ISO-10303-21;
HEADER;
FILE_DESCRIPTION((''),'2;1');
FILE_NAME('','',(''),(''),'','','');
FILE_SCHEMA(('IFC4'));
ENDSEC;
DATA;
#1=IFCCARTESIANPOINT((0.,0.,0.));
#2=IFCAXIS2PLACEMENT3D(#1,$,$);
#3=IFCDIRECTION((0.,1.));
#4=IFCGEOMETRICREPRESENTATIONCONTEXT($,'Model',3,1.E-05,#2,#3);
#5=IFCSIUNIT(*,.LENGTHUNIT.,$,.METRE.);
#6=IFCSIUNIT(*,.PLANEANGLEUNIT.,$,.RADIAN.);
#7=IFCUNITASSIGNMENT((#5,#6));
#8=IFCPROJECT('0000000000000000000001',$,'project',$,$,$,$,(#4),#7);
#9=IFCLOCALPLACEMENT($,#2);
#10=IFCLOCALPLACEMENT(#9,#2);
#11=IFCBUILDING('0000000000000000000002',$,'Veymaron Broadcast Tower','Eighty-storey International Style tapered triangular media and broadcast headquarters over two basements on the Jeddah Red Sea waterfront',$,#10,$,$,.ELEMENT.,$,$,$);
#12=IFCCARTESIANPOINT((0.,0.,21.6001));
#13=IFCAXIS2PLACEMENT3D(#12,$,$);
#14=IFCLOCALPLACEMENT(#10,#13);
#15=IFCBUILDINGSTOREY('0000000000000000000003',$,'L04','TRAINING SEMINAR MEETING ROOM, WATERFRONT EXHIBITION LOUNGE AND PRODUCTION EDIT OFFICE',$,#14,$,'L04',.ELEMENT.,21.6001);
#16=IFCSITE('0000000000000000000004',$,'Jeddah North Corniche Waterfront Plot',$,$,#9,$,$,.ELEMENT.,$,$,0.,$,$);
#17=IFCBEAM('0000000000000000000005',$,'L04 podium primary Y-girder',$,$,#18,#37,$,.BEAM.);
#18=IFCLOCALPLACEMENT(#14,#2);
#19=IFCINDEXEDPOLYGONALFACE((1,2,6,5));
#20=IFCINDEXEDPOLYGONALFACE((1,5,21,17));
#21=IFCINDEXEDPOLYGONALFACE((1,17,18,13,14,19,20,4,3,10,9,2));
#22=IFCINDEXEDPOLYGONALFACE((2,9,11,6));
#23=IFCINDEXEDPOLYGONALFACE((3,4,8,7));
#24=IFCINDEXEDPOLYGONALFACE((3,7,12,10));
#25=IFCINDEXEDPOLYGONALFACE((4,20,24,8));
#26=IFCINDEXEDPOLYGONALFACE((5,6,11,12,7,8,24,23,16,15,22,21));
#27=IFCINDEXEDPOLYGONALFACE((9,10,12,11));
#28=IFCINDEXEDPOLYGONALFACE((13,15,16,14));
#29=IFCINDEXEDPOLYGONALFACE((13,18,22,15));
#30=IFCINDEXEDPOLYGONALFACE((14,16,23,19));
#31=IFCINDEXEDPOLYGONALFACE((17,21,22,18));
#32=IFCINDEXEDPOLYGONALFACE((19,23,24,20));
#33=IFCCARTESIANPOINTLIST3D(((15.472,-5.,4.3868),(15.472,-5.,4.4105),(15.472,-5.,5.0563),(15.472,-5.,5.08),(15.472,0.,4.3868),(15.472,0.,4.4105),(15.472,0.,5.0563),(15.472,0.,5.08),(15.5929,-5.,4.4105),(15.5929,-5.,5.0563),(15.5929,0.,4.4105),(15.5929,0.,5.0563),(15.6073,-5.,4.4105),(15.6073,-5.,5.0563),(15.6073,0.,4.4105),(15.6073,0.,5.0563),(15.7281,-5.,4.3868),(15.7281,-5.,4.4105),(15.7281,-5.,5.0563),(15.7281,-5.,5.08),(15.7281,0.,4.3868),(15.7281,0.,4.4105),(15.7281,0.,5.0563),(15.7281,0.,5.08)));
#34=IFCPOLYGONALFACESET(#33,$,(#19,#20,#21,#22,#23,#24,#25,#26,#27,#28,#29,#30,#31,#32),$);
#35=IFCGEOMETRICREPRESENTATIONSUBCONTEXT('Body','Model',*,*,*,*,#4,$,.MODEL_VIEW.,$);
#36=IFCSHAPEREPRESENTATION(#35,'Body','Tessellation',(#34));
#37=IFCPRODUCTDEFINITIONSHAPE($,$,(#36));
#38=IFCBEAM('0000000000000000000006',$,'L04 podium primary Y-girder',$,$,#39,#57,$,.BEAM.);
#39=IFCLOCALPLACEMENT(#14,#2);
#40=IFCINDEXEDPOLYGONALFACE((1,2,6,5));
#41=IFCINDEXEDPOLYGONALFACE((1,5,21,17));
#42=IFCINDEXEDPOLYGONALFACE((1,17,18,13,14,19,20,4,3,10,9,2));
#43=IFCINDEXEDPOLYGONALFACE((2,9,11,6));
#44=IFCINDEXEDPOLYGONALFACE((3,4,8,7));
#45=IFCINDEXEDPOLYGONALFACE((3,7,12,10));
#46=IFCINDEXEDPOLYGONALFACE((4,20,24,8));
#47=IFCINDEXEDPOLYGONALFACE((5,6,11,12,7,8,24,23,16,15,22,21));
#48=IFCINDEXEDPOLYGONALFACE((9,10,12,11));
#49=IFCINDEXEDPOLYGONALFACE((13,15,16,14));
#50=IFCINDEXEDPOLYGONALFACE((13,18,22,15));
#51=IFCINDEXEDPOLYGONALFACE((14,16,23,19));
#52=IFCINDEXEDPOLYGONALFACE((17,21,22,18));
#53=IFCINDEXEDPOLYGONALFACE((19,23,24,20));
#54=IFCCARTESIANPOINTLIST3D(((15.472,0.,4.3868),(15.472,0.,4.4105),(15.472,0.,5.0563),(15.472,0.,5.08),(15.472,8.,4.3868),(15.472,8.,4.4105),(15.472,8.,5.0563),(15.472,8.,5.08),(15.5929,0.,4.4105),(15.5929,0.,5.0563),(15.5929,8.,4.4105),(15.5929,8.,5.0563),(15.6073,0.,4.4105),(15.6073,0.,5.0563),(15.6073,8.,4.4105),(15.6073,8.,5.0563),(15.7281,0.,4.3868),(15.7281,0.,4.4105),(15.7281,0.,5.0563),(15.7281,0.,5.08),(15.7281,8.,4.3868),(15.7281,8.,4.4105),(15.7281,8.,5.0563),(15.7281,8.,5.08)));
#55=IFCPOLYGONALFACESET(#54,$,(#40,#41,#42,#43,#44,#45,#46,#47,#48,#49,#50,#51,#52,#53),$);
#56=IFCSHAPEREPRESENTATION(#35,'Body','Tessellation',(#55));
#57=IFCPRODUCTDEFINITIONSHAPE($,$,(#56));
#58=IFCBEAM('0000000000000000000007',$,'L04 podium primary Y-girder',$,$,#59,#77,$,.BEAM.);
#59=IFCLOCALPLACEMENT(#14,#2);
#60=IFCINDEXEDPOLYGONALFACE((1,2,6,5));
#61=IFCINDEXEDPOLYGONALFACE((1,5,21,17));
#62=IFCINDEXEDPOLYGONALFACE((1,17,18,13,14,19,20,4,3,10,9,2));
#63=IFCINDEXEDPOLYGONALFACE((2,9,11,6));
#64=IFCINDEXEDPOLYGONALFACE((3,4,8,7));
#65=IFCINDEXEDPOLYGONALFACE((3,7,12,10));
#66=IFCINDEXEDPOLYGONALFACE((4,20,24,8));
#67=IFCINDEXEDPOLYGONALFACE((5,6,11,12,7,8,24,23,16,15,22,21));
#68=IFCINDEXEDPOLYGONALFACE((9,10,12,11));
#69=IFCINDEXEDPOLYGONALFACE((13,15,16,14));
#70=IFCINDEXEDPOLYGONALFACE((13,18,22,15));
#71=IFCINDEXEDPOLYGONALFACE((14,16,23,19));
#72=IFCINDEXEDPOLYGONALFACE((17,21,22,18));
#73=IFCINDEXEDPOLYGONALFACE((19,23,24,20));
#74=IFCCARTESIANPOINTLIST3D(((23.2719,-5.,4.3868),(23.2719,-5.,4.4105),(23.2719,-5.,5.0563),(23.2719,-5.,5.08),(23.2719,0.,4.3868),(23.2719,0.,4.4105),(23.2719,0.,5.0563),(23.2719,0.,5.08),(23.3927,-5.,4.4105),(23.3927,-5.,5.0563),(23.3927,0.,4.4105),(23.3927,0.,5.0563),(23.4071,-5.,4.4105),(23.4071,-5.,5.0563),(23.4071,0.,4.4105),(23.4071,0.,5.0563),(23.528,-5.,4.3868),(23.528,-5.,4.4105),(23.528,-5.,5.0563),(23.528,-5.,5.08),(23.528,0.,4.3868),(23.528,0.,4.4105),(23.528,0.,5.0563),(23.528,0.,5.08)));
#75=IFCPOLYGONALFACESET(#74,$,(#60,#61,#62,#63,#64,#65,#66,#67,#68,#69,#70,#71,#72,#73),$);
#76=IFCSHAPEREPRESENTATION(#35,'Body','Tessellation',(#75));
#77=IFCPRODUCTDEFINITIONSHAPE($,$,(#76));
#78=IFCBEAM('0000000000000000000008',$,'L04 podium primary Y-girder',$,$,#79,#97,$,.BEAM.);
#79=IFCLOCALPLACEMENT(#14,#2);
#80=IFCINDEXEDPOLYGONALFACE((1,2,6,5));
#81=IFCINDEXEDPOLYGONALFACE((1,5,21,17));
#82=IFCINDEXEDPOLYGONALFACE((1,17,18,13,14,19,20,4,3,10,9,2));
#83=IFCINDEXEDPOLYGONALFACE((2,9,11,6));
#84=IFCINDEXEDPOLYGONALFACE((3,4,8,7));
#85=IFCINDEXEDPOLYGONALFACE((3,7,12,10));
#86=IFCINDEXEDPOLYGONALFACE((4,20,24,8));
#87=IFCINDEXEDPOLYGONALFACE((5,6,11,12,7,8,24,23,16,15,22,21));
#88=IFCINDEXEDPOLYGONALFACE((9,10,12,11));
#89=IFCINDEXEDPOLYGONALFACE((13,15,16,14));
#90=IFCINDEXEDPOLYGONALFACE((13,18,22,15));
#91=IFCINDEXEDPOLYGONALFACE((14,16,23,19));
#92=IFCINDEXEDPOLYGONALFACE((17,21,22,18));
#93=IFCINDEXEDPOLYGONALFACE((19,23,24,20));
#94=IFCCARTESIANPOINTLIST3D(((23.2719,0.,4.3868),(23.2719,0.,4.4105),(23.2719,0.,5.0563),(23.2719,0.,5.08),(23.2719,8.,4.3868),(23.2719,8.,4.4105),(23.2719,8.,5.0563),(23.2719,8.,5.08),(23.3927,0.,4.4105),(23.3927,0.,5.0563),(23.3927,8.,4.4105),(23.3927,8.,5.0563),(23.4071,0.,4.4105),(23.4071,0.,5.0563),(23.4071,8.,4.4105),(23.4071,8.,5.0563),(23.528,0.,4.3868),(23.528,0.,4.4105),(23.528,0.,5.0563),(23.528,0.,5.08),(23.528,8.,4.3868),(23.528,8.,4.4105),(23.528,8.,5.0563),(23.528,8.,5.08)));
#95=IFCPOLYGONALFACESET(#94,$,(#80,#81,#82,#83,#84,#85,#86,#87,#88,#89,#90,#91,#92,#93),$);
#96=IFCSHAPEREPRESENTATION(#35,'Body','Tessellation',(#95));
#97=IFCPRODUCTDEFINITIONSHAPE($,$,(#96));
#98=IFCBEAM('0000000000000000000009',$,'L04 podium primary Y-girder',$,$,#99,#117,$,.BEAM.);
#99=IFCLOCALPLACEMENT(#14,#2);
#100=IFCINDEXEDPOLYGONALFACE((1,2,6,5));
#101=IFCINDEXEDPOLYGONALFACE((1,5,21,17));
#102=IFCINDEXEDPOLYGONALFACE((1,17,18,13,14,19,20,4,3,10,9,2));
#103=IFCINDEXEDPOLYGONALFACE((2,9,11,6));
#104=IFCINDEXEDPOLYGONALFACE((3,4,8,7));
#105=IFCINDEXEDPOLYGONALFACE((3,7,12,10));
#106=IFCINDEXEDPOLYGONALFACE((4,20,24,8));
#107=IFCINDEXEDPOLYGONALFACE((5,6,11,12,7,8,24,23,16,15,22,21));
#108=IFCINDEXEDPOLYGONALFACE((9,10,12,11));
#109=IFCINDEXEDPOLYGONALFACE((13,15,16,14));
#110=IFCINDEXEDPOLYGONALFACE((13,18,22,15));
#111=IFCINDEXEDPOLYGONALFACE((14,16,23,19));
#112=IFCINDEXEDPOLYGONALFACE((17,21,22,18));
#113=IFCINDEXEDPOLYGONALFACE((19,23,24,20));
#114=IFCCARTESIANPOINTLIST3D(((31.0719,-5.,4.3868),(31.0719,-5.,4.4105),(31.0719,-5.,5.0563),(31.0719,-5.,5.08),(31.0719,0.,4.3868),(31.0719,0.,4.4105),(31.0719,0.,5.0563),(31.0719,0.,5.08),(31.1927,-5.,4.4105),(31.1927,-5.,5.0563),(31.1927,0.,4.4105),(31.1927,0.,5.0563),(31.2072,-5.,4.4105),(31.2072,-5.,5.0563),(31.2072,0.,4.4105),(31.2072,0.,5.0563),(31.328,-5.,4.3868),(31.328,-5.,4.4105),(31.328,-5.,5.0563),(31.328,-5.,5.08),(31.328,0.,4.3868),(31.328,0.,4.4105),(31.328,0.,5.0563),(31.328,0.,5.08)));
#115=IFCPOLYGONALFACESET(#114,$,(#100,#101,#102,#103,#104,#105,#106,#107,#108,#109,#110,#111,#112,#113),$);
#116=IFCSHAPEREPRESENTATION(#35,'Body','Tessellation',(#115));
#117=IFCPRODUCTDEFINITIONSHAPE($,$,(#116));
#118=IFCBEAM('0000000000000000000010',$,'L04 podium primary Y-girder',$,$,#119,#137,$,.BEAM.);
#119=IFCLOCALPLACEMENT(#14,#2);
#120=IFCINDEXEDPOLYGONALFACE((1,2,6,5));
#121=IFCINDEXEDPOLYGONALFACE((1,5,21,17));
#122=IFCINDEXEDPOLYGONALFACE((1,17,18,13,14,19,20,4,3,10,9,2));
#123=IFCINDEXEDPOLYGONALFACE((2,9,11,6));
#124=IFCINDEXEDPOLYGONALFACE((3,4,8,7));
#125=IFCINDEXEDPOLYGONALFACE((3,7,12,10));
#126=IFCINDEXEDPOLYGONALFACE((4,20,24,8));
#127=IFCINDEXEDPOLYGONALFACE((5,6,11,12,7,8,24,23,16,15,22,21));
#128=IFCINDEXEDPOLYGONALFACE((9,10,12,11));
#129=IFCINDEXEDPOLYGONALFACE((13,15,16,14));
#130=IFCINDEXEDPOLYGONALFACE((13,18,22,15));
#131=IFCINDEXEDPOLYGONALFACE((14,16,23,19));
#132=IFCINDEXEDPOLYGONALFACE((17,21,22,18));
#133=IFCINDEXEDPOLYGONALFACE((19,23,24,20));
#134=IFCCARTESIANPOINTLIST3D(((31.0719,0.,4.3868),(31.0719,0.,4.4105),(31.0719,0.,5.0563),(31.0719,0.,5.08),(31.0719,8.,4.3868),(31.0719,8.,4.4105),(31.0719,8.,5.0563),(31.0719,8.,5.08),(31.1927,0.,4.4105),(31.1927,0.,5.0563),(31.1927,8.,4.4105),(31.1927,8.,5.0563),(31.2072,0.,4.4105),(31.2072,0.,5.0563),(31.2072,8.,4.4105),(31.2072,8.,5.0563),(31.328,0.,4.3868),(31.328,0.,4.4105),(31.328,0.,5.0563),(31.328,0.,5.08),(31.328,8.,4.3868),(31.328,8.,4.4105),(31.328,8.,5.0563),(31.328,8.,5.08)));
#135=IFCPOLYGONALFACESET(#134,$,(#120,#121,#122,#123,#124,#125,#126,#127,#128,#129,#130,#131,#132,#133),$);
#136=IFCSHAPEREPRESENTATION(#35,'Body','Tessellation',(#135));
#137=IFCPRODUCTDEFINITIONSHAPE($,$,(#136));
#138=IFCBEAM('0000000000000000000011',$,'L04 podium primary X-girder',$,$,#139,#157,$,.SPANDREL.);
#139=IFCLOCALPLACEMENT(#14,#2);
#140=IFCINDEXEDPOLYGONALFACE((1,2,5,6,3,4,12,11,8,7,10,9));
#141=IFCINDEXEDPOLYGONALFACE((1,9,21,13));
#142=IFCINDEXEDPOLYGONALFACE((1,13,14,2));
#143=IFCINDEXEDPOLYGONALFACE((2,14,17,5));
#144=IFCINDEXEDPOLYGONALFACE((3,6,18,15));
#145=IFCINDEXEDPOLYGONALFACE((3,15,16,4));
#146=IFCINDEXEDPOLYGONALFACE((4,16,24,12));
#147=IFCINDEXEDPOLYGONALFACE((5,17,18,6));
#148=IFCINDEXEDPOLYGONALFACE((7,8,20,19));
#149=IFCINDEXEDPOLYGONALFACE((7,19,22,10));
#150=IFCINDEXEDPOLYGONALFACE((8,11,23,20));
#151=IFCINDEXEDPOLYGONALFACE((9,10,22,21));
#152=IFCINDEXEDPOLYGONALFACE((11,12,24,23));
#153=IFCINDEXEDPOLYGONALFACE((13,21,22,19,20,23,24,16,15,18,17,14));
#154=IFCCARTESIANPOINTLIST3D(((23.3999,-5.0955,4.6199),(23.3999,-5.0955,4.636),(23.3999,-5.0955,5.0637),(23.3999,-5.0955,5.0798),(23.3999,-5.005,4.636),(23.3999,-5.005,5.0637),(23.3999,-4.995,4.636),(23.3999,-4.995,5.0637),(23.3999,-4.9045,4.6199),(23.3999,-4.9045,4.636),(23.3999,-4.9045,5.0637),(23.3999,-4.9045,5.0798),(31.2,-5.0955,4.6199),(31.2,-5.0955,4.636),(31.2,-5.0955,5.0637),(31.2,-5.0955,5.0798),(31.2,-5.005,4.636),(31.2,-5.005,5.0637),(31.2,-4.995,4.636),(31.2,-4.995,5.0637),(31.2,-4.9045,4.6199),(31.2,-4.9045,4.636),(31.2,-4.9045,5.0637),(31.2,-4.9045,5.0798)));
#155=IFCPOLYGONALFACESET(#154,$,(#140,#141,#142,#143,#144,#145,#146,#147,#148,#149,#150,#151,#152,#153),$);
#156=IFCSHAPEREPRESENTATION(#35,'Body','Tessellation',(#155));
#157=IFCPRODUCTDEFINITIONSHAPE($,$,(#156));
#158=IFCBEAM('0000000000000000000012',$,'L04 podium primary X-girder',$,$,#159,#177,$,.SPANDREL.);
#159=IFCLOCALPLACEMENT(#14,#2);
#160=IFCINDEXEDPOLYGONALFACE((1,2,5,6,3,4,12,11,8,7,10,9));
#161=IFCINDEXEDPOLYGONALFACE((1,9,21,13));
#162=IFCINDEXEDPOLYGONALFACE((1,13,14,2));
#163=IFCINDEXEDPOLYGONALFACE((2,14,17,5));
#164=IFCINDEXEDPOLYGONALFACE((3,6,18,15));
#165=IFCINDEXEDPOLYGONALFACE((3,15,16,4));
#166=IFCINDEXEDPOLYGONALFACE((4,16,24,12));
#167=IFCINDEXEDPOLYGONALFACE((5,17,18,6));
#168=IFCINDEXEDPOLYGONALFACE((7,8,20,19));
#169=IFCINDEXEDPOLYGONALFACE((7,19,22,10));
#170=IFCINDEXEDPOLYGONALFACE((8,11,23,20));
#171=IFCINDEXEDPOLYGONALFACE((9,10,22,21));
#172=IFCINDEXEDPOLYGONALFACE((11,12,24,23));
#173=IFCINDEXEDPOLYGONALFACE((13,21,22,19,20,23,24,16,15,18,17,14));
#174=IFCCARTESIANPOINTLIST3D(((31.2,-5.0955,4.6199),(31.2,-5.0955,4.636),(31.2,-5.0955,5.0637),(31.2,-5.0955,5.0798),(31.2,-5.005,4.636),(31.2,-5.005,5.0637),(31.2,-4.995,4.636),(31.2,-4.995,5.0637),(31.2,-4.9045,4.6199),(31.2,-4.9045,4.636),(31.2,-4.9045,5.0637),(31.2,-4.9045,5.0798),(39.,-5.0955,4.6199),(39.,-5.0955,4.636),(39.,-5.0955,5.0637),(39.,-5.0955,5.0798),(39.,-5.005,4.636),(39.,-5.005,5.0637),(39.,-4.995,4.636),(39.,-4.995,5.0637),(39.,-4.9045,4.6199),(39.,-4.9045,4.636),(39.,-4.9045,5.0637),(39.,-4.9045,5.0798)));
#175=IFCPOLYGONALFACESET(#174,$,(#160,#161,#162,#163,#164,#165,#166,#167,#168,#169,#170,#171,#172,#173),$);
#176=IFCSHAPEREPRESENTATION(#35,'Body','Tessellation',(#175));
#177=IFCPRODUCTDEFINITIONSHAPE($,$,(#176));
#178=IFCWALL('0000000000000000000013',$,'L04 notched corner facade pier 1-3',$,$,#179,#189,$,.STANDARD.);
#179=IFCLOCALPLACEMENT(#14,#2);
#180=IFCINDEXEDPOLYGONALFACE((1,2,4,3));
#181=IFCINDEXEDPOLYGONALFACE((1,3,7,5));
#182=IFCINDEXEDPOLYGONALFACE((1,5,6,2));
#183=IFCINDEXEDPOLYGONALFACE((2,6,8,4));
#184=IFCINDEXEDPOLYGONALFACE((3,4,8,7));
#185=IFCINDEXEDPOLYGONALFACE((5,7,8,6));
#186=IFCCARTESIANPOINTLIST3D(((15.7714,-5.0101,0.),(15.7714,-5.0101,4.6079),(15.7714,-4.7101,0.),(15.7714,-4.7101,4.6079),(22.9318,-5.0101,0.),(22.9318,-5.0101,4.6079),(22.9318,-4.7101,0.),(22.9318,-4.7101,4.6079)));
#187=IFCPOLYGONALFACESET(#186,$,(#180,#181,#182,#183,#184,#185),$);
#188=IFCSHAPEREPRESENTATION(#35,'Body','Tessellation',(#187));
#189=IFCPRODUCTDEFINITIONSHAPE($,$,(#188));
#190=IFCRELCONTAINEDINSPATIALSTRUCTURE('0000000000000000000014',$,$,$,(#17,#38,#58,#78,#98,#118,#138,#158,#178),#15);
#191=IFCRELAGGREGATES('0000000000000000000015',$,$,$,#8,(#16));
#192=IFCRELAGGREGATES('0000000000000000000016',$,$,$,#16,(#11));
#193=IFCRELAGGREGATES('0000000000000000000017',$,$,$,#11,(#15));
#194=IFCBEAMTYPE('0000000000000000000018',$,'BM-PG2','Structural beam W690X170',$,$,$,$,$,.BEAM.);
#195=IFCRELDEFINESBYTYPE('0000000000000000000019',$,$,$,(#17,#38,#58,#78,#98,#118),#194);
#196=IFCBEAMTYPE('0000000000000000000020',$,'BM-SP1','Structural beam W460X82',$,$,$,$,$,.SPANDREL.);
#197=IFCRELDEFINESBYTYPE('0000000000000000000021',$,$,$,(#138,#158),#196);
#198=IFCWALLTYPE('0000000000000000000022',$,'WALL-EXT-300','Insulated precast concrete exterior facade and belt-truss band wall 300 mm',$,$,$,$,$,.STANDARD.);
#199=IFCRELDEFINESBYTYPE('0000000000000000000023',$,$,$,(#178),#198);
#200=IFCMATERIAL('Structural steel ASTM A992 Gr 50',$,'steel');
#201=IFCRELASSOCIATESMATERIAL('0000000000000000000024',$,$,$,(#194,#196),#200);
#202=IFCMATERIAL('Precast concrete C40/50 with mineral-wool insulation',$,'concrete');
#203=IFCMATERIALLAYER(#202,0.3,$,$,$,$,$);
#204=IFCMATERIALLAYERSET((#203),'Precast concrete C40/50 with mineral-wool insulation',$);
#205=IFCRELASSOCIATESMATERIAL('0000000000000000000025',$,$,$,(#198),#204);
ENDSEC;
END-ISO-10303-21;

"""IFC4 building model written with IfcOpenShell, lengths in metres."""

from ifc_helpers import new_model, si_unit, direction, frame, frame_2d, origin, origin_2d, place, context, subcontext, project, spatial, rectangle, i_section, extrude, material, layer, layer_set, material_profile, profile_set, type_object, element, save


model = new_model("IFC4")

# Units and contexts
model_context = context("Model", 3, precision=1e-05, world=origin(), true_north=direction((0.0, 1.0)))
body_context = subcontext(model_context, "Body", "Model", "MODEL_VIEW")
ifc_project = project(units=[si_unit("LENGTHUNIT", "METRE"), si_unit("PLANEANGLEUNIT", "RADIAN")], contexts=[model_context])

# Site, building, storey
site_placement = place(None, origin())
site = spatial("IfcSite", under=ifc_project, at=site_placement, Name="Jeddah North Corniche Waterfront Plot", CompositionType="ELEMENT", RefElevation=0.0)
building_placement = place(site_placement, origin())
building = spatial("IfcBuilding", under=site, at=building_placement, Name="Veymaron Broadcast Tower", Description="Eighty-storey International Style tapered triangular media and broadcast headquarters over two basements on the Jeddah Red Sea waterfront", CompositionType="ELEMENT")
storey_placement = place(building_placement, frame((0.0, 0.0, 21.6001)))
storey = spatial("IfcBuildingStorey", under=building, at=storey_placement, Name="L04", Description="TRAINING SEMINAR MEETING ROOM, WATERFRONT EXHIBITION LOUNGE AND PRODUCTION EDIT OFFICE", LongName="L04", CompositionType="ELEMENT", Elevation=21.6001)

# Beams
ifc_material_1 = material(Name="Structural steel ASTM A992 Gr 50", Category="steel")
ifc_material_profile_1 = material_profile(ifc_material_1, i_section(OverallWidth=0.2561, OverallDepth=0.6931, WebThickness=0.0144, FlangeThickness=0.0237, at=origin_2d()), Name="W690X170")
ifc_profile_set_1 = profile_set([ifc_material_profile_1], Name="Structural steel ASTM A992 Gr 50")
beam_type_1 = type_object("IfcBeamType", Name="BM-PG2", Description="Structural beam W690X170", PredefinedType="BEAM", material=ifc_profile_set_1)
beam_1_placement = place(storey_placement, frame((15.6001, -5.0, 4.7334), z_axis=(0.0, 1.0, 0.0), x_axis=(-1.0, 0.0, 0.0)))
element("IfcBeam", 1, at=beam_1_placement, inside=storey, type_object=beam_type_1, Name="L04 podium primary Y-girder", PredefinedType="BEAM", context=body_context, shape_type="SweptSolid", body=[
    extrude(i_section(OverallWidth=0.2561, OverallDepth=0.6931, WebThickness=0.0144, FlangeThickness=0.0237, at=origin_2d()), origin(), (0.0, 0.0, 1.0), 5.0),
])
beam_2_placement = place(storey_placement, frame((15.6001, 0.0, 4.7334), z_axis=(0.0, 1.0, 0.0), x_axis=(-1.0, 0.0, 0.0)))
element("IfcBeam", 2, at=beam_2_placement, inside=storey, type_object=beam_type_1, Name="L04 podium primary Y-girder", PredefinedType="BEAM", context=body_context, shape_type="SweptSolid", body=[
    extrude(i_section(OverallWidth=0.2561, OverallDepth=0.6931, WebThickness=0.0144, FlangeThickness=0.0237, at=origin_2d()), origin(), (0.0, 0.0, 1.0), 8.0),
])
beam_3_placement = place(storey_placement, frame((23.3999, -5.0, 4.7334), z_axis=(0.0, 1.0, 0.0), x_axis=(-1.0, 0.0, 0.0)))
element("IfcBeam", 3, at=beam_3_placement, inside=storey, type_object=beam_type_1, Name="L04 podium primary Y-girder", PredefinedType="BEAM", context=body_context, shape_type="SweptSolid", body=[
    extrude(i_section(OverallWidth=0.2561, OverallDepth=0.6931, WebThickness=0.0144, FlangeThickness=0.0237, at=origin_2d()), origin(), (0.0, 0.0, 1.0), 5.0),
])
beam_4_placement = place(storey_placement, frame((23.3999, 0.0, 4.7334), z_axis=(0.0, 1.0, 0.0), x_axis=(-1.0, 0.0, 0.0)))
element("IfcBeam", 4, at=beam_4_placement, inside=storey, type_object=beam_type_1, Name="L04 podium primary Y-girder", PredefinedType="BEAM", context=body_context, shape_type="SweptSolid", body=[
    extrude(i_section(OverallWidth=0.2561, OverallDepth=0.6931, WebThickness=0.0144, FlangeThickness=0.0237, at=origin_2d()), origin(), (0.0, 0.0, 1.0), 8.0),
])
beam_5_placement = place(storey_placement, frame((31.2, -5.0, 4.7334), z_axis=(0.0, 1.0, 0.0), x_axis=(-1.0, 0.0, 0.0)))
element("IfcBeam", 5, at=beam_5_placement, inside=storey, type_object=beam_type_1, Name="L04 podium primary Y-girder", PredefinedType="BEAM", context=body_context, shape_type="SweptSolid", body=[
    extrude(i_section(OverallWidth=0.2561, OverallDepth=0.6931, WebThickness=0.0144, FlangeThickness=0.0237, at=origin_2d()), origin(), (0.0, 0.0, 1.0), 5.0),
])
beam_6_placement = place(storey_placement, frame((31.2, 0.0, 4.7334), z_axis=(0.0, 1.0, 0.0), x_axis=(-1.0, 0.0, 0.0)))
element("IfcBeam", 6, at=beam_6_placement, inside=storey, type_object=beam_type_1, Name="L04 podium primary Y-girder", PredefinedType="BEAM", context=body_context, shape_type="SweptSolid", body=[
    extrude(i_section(OverallWidth=0.2561, OverallDepth=0.6931, WebThickness=0.0144, FlangeThickness=0.0237, at=origin_2d()), origin(), (0.0, 0.0, 1.0), 8.0),
])
ifc_material_profile_2 = material_profile(ifc_material_1, i_section(OverallWidth=0.1909, OverallDepth=0.46, WebThickness=0.01, FlangeThickness=0.0161, at=origin_2d()), Name="W460X82")
ifc_profile_set_2 = profile_set([ifc_material_profile_2], Name="Structural steel ASTM A992 Gr 50")
beam_type_2 = type_object("IfcBeamType", Name="BM-SP1", Description="Structural beam W460X82", PredefinedType="SPANDREL", material=ifc_profile_set_2)
for number, where, z_axis, x_axis, name in (
    (7, (23.3999, -5.0, 4.8499), (1.0, 0.0, 0.0), (0.0, 1.0, 0.0), "L04 podium primary X-girder"),
    (8, (31.2, -5.0, 4.8499), (1.0, 0.0, 0.0), (0.0, 1.0, 0.0), "L04 podium primary X-girder"),
):
    element("IfcBeam", number, at=place(storey_placement, frame(where, z_axis=z_axis, x_axis=x_axis)), inside=storey, type_object=beam_type_2, Name=name, PredefinedType="SPANDREL", context=body_context, shape_type="SweptSolid", body=[
        extrude(i_section(OverallWidth=0.1909, OverallDepth=0.46, WebThickness=0.01, FlangeThickness=0.0161, at=origin_2d()), origin(), (0.0, 0.0, 1.0), 7.8),
    ])

# Wall
ifc_material_2 = material(Name="Precast concrete C40/50 with mineral-wool insulation", Category="concrete")
ifc_layer_1 = layer(ifc_material_2, 0.3)
ifc_layer_set_1 = layer_set([ifc_layer_1], Name="Precast concrete C40/50 with mineral-wool insulation")
wall_type_1 = type_object("IfcWallType", Name="WALL-EXT-300", Description="Insulated precast concrete exterior facade and belt-truss band wall 300 mm", PredefinedType="STANDARD", material=ifc_layer_set_1)
wall_1_placement = place(storey_placement, frame((15.7715, -4.8601, 0.0), z_axis=(0.0, 0.0, 1.0), x_axis=(1.0, 0.0, 0.0)))
element("IfcWall", 9, at=wall_1_placement, inside=storey, type_object=wall_type_1, Name="L04 notched corner facade pier 1-3", PredefinedType="STANDARD", context=body_context, shape_type="SweptSolid", body=[
    extrude(rectangle(XDim=7.1604, YDim=0.3, at=frame_2d((3.5801, 0.0))), origin(), (0.0, 0.0, 1.0), 4.6079),
])

save(model, "model.ifc")
